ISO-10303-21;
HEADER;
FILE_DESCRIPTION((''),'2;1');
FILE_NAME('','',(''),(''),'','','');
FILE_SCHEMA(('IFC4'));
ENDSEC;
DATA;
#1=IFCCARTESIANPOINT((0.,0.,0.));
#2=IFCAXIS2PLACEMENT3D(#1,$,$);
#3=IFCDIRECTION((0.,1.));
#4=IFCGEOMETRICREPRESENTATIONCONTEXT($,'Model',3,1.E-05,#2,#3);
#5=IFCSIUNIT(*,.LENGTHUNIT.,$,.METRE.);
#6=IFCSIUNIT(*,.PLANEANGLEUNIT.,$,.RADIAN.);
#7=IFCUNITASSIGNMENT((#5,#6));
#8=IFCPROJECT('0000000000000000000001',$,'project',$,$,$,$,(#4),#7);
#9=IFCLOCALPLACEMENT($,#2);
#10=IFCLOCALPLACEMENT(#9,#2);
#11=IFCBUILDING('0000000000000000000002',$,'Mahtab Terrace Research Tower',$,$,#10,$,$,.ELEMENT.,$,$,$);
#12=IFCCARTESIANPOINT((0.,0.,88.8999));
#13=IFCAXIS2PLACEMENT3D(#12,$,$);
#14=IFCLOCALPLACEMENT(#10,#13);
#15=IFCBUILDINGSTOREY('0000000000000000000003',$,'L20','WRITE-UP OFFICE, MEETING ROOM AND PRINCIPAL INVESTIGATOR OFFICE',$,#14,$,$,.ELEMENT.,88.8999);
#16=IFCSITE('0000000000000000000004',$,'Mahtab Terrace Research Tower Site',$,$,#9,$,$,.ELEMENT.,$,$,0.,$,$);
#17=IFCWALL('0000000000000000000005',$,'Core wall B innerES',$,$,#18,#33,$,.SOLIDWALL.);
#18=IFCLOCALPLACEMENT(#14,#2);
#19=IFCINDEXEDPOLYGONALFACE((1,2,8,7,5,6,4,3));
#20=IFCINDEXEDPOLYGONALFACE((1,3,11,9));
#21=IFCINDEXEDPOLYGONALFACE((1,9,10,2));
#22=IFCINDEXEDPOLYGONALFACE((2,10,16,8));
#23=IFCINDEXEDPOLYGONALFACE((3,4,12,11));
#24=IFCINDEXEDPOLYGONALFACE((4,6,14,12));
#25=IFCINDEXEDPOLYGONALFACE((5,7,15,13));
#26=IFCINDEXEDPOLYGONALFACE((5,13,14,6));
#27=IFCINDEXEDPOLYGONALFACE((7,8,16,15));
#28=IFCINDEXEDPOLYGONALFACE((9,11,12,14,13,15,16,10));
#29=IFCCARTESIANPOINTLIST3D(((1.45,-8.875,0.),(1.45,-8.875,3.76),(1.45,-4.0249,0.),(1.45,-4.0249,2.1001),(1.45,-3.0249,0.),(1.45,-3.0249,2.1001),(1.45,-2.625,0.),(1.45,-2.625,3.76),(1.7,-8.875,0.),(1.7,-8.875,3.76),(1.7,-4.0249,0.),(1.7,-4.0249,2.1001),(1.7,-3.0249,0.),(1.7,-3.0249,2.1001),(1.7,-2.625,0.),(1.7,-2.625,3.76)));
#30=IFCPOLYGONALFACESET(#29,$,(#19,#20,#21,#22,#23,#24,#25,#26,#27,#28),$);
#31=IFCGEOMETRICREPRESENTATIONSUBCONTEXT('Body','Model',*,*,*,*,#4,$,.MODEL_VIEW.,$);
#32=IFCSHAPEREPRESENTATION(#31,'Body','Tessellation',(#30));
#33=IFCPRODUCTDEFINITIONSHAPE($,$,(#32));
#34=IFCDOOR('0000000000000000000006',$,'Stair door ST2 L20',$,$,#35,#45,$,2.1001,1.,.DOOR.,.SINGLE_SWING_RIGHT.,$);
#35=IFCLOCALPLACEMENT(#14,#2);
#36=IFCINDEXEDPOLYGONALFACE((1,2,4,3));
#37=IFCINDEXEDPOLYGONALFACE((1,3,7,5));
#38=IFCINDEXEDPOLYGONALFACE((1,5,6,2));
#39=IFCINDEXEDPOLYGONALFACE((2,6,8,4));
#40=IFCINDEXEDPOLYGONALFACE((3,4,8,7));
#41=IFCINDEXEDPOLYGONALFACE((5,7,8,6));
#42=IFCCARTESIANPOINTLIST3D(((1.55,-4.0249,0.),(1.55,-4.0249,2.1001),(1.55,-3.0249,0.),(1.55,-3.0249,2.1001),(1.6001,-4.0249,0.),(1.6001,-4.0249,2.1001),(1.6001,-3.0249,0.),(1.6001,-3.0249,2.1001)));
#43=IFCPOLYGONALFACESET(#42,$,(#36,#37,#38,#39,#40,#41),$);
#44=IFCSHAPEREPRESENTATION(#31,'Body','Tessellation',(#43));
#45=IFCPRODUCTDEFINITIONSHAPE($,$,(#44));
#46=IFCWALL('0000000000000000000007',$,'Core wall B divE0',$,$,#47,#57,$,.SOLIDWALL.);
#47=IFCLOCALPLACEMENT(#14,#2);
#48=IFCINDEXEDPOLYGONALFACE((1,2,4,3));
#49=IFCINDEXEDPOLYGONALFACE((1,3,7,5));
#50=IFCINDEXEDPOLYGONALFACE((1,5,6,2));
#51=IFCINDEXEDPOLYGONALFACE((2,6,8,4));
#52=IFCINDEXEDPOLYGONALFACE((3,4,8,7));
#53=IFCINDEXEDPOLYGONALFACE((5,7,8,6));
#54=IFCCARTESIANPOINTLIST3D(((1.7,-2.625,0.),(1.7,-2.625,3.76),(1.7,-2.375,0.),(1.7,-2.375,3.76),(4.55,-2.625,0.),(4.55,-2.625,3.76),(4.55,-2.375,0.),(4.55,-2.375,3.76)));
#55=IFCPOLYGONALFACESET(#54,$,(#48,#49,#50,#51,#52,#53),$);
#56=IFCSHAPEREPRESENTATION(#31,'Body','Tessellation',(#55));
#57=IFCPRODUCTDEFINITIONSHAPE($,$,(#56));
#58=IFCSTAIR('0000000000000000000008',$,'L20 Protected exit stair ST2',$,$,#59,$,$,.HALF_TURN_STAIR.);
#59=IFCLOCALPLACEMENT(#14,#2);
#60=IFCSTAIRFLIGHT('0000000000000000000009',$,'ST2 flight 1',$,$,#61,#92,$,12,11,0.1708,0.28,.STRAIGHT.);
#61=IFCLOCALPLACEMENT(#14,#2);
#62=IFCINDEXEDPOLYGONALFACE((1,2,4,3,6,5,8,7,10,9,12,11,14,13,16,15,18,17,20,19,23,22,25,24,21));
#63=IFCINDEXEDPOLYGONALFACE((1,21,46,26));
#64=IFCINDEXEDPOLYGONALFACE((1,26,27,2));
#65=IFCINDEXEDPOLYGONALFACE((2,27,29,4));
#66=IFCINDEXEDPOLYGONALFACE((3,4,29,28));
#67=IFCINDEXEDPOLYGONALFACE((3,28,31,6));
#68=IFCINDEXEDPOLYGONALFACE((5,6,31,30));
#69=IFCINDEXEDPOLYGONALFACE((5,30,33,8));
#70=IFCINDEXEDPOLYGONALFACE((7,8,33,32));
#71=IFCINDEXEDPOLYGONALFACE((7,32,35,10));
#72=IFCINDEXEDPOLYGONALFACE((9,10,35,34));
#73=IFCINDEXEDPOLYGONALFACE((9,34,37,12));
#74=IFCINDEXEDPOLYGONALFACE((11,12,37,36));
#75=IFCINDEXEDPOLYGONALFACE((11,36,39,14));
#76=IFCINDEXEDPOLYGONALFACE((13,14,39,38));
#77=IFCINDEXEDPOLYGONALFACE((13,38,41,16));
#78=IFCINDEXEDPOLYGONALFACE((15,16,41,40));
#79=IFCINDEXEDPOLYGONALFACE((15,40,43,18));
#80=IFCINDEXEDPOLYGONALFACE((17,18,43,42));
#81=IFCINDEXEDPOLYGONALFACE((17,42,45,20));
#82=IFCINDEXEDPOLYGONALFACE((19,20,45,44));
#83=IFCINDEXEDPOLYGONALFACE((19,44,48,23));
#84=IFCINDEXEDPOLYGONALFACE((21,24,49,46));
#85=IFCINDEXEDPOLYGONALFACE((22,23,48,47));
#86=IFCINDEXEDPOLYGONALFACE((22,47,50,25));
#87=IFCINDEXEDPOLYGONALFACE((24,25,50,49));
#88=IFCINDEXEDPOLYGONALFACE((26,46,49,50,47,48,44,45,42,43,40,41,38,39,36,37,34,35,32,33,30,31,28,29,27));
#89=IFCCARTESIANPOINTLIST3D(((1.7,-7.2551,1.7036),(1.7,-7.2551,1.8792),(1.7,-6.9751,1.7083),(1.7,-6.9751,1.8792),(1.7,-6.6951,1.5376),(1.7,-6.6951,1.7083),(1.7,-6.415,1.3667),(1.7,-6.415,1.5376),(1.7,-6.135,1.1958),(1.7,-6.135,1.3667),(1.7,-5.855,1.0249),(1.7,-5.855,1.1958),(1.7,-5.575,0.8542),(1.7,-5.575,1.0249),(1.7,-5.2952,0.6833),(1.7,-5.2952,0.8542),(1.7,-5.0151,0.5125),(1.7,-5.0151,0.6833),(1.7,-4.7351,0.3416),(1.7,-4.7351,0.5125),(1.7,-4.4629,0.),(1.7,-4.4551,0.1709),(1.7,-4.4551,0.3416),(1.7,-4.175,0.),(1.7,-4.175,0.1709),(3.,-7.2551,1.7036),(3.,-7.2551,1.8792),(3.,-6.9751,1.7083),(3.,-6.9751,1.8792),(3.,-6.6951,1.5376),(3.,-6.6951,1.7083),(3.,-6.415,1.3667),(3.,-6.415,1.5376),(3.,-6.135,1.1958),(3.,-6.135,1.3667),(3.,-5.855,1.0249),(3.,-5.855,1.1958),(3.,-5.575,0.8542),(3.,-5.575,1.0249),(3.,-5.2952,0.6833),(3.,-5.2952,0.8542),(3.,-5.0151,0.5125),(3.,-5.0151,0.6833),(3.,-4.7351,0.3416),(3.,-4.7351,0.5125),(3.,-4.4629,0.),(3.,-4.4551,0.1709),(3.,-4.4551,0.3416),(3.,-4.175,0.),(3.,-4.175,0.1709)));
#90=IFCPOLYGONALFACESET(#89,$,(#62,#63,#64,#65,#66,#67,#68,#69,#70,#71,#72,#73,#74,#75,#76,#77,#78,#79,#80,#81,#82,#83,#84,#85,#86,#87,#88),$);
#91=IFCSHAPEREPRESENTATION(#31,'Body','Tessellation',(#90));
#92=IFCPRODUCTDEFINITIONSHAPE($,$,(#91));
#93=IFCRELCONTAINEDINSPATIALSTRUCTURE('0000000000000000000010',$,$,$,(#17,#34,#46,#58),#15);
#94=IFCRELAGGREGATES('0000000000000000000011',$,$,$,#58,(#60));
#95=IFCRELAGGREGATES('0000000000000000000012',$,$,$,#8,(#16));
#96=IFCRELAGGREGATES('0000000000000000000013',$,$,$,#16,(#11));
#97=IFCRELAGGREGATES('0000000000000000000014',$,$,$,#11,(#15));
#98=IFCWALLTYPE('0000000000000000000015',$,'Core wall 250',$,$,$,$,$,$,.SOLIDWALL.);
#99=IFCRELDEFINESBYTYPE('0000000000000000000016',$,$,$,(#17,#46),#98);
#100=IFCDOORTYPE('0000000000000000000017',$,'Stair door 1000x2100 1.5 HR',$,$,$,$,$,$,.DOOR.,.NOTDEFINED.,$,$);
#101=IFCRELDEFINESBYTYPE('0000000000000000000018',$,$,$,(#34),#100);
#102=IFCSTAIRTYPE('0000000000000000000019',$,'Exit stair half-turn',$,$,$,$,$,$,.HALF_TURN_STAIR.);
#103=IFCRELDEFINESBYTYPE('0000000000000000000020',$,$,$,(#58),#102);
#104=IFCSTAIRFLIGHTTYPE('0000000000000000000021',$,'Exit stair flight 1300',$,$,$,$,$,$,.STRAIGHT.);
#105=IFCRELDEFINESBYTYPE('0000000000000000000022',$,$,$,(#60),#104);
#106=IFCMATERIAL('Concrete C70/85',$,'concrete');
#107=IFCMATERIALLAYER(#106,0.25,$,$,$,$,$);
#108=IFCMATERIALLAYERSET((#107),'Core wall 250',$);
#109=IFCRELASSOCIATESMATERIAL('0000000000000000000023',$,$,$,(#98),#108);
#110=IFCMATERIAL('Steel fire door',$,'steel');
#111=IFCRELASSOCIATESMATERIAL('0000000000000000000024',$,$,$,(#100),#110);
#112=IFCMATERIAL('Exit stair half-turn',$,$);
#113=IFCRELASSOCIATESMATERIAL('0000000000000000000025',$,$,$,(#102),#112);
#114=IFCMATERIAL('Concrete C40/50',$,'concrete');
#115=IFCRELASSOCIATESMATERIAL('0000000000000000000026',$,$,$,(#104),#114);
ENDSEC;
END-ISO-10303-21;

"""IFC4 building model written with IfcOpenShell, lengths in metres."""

from ifc_helpers import new_model, si_unit, direction, frame, frame_2d, origin, place, context, subcontext, project, spatial, polyline, rectangle, outline, extrude, material, layer, layer_set, type_object, element, fill, aggregate, save


model = new_model("IFC4")

# Units and contexts
model_context = context("Model", 3, precision=1e-05, world=origin(), true_north=direction((0.0, 1.0)))
body_context = subcontext(model_context, "Body", "Model", "MODEL_VIEW")
ifc_project = project(units=[si_unit("LENGTHUNIT", "METRE"), si_unit("PLANEANGLEUNIT", "RADIAN")], contexts=[model_context])

# Site, building, storey
site_placement = place(None, origin())
site = spatial("IfcSite", under=ifc_project, at=site_placement, Name="Mahtab Terrace Research Tower Site", CompositionType="ELEMENT", RefElevation=0.0)
building_placement = place(site_placement, origin())
building = spatial("IfcBuilding", under=site, at=building_placement, Name="Mahtab Terrace Research Tower", CompositionType="ELEMENT")
storey_placement = place(building_placement, frame((0.0, 0.0, 88.8999)))
storey = spatial("IfcBuildingStorey", under=building, at=storey_placement, Name="L20", Description="WRITE-UP OFFICE, MEETING ROOM AND PRINCIPAL INVESTIGATOR OFFICE", CompositionType="ELEMENT", Elevation=88.8999)

# Shared definitions
ifc_material_1 = material(Name="Concrete C40/50", Category="concrete")

# Shared definitions
ifc_material_2 = material(Name="Concrete C70/85", Category="concrete")
ifc_layer_1 = layer(ifc_material_2, 0.25)
ifc_layer_set_1 = layer_set([ifc_layer_1], Name="Core wall 250")
wall_type = type_object("IfcWallType", Name="Core wall 250", PredefinedType="SOLIDWALL", material=ifc_layer_set_1)
ifc_material_3 = material(Name="Steel fire door", Category="steel")

# Wall, opening, door
wall_1_placement = place(storey_placement, frame((1.575, -8.875, 0.0), z_axis=(0.0, 0.0, 1.0), x_axis=(0.0, 1.0, 0.0)))
wall_1 = element("IfcWall", 1, at=wall_1_placement, inside=storey, type_object=wall_type, Name="Core wall B innerES", PredefinedType="SOLIDWALL", context=body_context, shape_type="SweptSolid", body=[
    extrude(rectangle(XDim=6.25, YDim=0.25, at=frame_2d((3.125, 0.0))), origin(), (0.0, 0.0, 1.0), 3.76),
])
opening_1_placement = place(wall_1_placement, frame((4.8501, 0.0, 0.0)))
opening_1 = element("IfcOpeningElement", 2, at=opening_1_placement, cuts=wall_1, PredefinedType="OPENING", context=body_context, shape_type="SweptSolid", body=[
    extrude(rectangle(XDim=1.0, YDim=2.1001, at=frame_2d((0.5, 1.05))), frame((0.0, 0.135, 0.0), z_axis=(0.0, -1.0, 0.0), x_axis=(1.0, 0.0, 0.0)), (0.0, 0.0, 1.0), 0.27),
])
door_type_1 = type_object("IfcDoorType", Name="Stair door 1000x2100 1.5 HR", OperationType="NOTDEFINED", PredefinedType="DOOR", material=ifc_material_3)
door_1_placement = place(opening_1_placement, origin())
door_1 = element("IfcDoor", 3, at=door_1_placement, inside=storey, type_object=door_type_1, Name="Stair door ST2 L20", OperationType="SINGLE_SWING_RIGHT", OverallHeight=2.1001, OverallWidth=1.0, PredefinedType="DOOR", context=body_context, shape_type="SweptSolid", body=[
    extrude(rectangle(XDim=1.0, YDim=2.1001, at=frame_2d((0.5, 1.05))), frame((0.0, 0.0249, 0.0), z_axis=(0.0, -1.0, 0.0), x_axis=(1.0, 0.0, 0.0)), (0.0, 0.0, 1.0), 0.05),
])
fill(opening_1, door_1)

# Wall
wall_2_placement = place(storey_placement, frame((1.7, -2.5, 0.0), z_axis=(0.0, 0.0, 1.0), x_axis=(1.0, 0.0, 0.0)))
element("IfcWall", 4, at=wall_2_placement, inside=storey, type_object=wall_type, Name="Core wall B divE0", PredefinedType="SOLIDWALL", context=body_context, shape_type="SweptSolid", body=[
    extrude(rectangle(XDim=2.8501, YDim=0.25, at=frame_2d((1.425, 0.0))), origin(), (0.0, 0.0, 1.0), 3.76),
])

# Stair, stair flight
ifc_material_4 = material(Name="Exit stair half-turn")
stair_type = type_object("IfcStairType", Name="Exit stair half-turn", PredefinedType="HALF_TURN_STAIR", material=ifc_material_4)
stair_placement = place(storey_placement, origin())
stair = element("IfcStair", 5, at=stair_placement, inside=storey, type_object=stair_type, Name="L20 Protected exit stair ST2", PredefinedType="HALF_TURN_STAIR")
stair_flight_type = type_object("IfcStairFlightType", Name="Exit stair flight 1300", PredefinedType="STRAIGHT", material=ifc_material_1)
stair_flight_placement = place(storey_placement, frame((2.3501, -4.175, 0.0), z_axis=(0.0, 0.0, 1.0), x_axis=(0.0, -1.0, 0.0)))
stair_flight = element("IfcStairFlight", 6, at=stair_flight_placement, type_object=stair_flight_type, Name="ST2 flight 1", NumberOfRisers=12, NumberOfTreads=11, PredefinedType="STRAIGHT", RiserHeight=0.1708, TreadLength=0.28, context=body_context, shape_type="SweptSolid", body=[
    extrude(outline(polyline([(0.0, 0.0), (0.0, 0.1709), (0.28, 0.1709), (0.28, 0.3416), (0.5601, 0.3416), (0.5601, 0.5125), (0.8401, 0.5125), (0.8401, 0.6833), (1.1201, 0.6833), (1.1201, 0.8542), (1.3999, 0.8542), (1.3999, 1.0249), (1.6799, 1.0249), (1.6799, 1.1958), (1.96, 1.1958), (1.96, 1.3667), (2.24, 1.3667), (2.24, 1.5376), (2.52, 1.5376), (2.52, 1.7083), (2.8, 1.7083), (2.8, 1.8792), (3.0801, 1.8792), (3.0801, 2.05), (3.0801, 1.7036), (0.2878, 0.0), (0.0, 0.0)])), frame((0.0, 0.6499, 0.0), z_axis=(0.0, -1.0, 0.0), x_axis=(1.0, 0.0, 0.0)), (0.0, 0.0, 1.0), 1.3),
])
aggregate(stair, [stair_flight])

save(model, "model.ifc")
